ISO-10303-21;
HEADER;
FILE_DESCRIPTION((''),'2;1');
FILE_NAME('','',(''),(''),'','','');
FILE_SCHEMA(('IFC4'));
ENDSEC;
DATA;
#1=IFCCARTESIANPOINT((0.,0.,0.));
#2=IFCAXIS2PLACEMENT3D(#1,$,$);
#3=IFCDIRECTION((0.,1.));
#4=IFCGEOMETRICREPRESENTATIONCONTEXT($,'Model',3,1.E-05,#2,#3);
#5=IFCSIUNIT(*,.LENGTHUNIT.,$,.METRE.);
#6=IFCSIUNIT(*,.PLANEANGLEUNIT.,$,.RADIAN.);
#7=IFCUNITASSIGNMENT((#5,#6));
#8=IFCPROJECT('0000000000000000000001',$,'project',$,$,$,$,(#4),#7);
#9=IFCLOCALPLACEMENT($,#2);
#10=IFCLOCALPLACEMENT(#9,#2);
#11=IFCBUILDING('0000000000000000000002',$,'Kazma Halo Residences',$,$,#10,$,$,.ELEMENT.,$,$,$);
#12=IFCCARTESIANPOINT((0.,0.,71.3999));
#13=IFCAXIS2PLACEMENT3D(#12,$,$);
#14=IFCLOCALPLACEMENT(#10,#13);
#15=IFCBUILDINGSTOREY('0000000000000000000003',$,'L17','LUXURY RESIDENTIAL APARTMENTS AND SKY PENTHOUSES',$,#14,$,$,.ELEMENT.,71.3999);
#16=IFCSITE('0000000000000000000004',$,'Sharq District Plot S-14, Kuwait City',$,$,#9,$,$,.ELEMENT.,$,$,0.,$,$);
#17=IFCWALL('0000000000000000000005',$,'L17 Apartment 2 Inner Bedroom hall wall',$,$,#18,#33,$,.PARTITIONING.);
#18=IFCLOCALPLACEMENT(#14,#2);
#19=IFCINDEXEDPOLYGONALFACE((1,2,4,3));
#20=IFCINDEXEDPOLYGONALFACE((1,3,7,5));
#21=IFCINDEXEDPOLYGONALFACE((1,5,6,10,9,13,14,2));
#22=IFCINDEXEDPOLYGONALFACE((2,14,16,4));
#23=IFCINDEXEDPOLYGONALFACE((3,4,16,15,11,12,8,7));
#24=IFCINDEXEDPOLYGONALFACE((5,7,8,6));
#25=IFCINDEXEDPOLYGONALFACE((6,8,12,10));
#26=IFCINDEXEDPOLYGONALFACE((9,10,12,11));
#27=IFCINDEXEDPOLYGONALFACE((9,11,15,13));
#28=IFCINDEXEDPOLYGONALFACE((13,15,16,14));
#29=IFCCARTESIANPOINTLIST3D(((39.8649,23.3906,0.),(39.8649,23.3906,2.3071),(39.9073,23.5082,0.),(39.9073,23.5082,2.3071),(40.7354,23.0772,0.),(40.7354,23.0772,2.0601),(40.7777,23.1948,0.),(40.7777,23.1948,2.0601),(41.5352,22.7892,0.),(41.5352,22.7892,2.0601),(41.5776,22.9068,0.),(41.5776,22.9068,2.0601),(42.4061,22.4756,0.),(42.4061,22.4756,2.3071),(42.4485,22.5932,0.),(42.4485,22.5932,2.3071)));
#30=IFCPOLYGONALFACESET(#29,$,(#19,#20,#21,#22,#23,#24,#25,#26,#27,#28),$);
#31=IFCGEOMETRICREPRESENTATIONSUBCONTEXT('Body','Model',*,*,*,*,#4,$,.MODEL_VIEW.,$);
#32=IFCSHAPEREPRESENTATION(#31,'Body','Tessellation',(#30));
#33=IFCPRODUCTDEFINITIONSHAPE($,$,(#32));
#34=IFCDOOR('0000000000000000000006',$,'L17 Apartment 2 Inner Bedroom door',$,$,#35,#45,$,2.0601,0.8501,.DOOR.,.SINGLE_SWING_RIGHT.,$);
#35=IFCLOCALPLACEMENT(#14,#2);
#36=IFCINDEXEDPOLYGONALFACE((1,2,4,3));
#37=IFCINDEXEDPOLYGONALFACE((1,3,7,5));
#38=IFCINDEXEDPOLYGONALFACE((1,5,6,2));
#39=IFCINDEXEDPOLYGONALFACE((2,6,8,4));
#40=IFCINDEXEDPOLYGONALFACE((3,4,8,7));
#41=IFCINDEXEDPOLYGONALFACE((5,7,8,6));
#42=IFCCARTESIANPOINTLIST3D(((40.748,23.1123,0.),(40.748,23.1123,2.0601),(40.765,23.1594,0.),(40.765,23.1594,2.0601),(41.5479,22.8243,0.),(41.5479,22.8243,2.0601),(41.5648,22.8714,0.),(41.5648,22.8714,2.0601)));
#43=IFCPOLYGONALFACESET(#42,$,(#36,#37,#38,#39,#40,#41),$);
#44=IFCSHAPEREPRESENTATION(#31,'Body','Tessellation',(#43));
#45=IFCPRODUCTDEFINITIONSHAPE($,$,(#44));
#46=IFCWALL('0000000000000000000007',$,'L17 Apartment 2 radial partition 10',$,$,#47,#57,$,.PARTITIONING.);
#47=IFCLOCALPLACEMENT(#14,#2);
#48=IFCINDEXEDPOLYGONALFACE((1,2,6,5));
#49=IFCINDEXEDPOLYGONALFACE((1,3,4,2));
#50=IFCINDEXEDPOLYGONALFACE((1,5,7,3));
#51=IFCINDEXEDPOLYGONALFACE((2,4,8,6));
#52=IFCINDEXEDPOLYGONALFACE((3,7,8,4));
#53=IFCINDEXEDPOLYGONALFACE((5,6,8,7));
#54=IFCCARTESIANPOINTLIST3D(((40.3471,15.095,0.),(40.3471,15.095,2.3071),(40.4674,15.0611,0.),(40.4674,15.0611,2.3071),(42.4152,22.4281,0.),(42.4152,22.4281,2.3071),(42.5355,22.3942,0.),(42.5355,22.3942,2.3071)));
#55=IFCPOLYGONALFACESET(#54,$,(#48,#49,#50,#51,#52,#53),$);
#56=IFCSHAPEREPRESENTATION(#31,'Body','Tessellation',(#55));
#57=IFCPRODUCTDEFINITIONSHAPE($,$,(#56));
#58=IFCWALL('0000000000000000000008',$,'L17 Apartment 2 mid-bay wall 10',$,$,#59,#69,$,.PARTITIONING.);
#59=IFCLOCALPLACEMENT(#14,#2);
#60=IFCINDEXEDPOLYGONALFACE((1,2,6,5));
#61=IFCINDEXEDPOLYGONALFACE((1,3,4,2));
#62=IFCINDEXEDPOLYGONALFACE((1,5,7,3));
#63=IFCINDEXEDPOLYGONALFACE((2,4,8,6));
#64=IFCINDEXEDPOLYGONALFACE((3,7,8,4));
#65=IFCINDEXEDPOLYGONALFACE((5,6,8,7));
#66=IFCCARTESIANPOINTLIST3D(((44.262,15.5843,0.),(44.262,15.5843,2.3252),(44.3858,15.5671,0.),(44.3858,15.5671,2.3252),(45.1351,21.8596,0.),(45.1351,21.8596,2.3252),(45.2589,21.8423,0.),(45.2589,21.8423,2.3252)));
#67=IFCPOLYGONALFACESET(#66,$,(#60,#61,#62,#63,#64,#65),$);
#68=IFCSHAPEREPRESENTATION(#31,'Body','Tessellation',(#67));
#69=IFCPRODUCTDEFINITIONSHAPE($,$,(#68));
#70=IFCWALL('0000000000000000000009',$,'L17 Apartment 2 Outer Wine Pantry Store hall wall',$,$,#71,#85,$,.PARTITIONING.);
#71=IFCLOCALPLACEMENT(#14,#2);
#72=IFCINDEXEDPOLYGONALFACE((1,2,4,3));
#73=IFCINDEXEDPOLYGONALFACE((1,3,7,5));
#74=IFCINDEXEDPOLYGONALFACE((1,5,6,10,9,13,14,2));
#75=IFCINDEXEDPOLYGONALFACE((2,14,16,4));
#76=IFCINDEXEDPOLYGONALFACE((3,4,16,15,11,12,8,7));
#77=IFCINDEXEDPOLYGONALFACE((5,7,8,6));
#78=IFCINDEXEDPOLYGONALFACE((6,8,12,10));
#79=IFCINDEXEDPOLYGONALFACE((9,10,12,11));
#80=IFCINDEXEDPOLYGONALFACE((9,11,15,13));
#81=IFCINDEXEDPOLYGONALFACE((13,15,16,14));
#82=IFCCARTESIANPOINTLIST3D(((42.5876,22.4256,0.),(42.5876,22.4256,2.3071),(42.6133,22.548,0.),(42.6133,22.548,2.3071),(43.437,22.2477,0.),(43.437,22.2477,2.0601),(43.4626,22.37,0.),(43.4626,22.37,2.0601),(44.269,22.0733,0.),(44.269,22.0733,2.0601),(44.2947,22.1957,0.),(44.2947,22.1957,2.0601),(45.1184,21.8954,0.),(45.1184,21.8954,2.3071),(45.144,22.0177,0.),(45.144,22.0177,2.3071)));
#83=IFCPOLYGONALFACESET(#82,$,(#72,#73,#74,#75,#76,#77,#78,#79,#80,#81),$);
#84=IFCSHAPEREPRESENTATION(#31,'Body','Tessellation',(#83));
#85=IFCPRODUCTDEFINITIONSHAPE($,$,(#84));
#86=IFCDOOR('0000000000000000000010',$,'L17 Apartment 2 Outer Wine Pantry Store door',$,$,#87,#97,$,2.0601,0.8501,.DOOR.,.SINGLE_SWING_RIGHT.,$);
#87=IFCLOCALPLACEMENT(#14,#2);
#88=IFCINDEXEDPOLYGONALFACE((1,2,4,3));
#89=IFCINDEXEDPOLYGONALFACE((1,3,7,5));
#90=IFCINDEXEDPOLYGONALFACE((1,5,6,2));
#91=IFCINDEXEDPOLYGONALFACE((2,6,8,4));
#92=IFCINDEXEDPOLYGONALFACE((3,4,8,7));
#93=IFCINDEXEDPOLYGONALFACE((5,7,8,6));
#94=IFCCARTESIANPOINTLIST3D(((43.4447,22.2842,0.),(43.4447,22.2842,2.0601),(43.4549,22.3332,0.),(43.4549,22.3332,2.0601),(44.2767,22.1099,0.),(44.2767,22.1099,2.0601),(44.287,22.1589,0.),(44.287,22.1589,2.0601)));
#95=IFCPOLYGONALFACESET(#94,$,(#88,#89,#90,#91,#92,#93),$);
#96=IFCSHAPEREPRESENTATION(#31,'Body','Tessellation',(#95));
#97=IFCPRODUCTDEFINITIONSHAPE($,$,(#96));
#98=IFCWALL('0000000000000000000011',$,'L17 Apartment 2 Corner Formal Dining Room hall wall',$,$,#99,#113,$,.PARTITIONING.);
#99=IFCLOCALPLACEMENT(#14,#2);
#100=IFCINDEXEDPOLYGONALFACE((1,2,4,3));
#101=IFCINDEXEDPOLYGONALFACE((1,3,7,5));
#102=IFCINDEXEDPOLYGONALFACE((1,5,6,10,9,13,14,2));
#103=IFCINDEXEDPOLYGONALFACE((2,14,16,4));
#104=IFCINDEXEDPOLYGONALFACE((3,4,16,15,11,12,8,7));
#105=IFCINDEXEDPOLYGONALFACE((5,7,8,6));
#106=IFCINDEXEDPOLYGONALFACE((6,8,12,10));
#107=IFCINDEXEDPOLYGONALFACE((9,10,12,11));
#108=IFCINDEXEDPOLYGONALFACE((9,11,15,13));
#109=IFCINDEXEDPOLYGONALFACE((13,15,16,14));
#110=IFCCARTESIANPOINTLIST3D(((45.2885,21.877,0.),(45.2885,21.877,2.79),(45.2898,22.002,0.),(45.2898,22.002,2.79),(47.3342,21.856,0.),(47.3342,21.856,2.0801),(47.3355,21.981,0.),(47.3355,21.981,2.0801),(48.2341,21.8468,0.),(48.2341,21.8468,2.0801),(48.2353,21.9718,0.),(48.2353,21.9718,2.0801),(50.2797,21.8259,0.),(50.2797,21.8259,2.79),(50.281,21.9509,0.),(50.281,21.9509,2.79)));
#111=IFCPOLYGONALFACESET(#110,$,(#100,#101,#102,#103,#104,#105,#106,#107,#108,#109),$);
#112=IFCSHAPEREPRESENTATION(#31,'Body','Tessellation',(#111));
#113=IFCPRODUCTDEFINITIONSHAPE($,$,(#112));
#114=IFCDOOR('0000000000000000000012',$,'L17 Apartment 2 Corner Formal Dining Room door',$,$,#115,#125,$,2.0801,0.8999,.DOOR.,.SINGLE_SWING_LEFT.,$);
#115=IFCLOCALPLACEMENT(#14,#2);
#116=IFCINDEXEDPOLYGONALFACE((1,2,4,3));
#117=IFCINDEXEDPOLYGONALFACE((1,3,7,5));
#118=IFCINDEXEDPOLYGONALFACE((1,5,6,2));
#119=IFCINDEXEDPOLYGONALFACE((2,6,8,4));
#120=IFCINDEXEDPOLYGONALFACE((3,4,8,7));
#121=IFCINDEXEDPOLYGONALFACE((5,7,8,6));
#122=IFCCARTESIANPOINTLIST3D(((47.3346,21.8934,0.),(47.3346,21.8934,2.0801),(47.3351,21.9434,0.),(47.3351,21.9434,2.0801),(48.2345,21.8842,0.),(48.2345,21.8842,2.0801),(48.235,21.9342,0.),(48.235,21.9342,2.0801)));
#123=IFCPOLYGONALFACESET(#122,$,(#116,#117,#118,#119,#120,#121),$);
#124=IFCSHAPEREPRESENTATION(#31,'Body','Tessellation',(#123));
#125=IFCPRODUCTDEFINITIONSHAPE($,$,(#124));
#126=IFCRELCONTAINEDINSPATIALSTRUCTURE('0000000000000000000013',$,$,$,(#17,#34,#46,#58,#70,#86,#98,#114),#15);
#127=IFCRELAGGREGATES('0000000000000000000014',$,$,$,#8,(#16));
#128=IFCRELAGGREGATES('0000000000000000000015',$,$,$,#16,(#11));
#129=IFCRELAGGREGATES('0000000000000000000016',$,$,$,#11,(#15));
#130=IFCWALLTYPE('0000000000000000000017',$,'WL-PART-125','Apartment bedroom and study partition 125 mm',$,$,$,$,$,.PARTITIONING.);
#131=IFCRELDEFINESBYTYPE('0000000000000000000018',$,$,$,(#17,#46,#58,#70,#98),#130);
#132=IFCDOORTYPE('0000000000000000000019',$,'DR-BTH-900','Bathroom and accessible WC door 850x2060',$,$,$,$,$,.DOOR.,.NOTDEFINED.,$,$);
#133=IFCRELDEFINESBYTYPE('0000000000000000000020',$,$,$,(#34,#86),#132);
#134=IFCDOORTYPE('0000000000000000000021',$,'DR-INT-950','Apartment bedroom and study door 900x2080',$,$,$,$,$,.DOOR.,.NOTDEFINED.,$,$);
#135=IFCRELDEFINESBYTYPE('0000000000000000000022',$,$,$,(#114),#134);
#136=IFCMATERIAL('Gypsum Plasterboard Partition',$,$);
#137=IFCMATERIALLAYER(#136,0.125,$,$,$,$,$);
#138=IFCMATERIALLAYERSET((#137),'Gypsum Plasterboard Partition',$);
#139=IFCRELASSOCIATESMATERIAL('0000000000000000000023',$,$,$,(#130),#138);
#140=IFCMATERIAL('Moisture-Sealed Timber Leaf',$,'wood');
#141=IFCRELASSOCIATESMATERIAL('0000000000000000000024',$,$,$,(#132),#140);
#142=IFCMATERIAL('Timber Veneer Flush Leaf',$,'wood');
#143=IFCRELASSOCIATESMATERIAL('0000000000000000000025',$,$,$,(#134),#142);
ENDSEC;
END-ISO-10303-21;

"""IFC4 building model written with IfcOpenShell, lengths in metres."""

from ifc_helpers import new_model, si_unit, direction, frame, frame_2d, origin, place, context, subcontext, project, spatial, rectangle, extrude, material, layer, layer_set, type_object, element, fill, save


model = new_model("IFC4")

# Units and contexts
model_context = context("Model", 3, precision=1e-05, world=origin(), true_north=direction((0.0, 1.0)))
body_context = subcontext(model_context, "Body", "Model", "MODEL_VIEW")
ifc_project = project(units=[si_unit("LENGTHUNIT", "METRE"), si_unit("PLANEANGLEUNIT", "RADIAN")], contexts=[model_context])

# Site, building, storey
site_placement = place(None, origin())
site = spatial("IfcSite", under=ifc_project, at=site_placement, Name="Sharq District Plot S-14, Kuwait City", CompositionType="ELEMENT", RefElevation=0.0)
building_placement = place(site_placement, origin())
building = spatial("IfcBuilding", under=site, at=building_placement, Name="Kazma Halo Residences", CompositionType="ELEMENT")
storey_placement = place(building_placement, frame((0.0, 0.0, 71.3999)))
storey = spatial("IfcBuildingStorey", under=building, at=storey_placement, Name="L17", Description="LUXURY RESIDENTIAL APARTMENTS AND SKY PENTHOUSES", CompositionType="ELEMENT", Elevation=71.3999)

# Shared definitions
ifc_material_1 = material(Name="Gypsum Plasterboard Partition")
ifc_layer_1 = layer(ifc_material_1, 0.125)
ifc_layer_set_1 = layer_set([ifc_layer_1], Name="Gypsum Plasterboard Partition")
wall_type_1 = type_object("IfcWallType", Name="WL-PART-125", Description="Apartment bedroom and study partition 125 mm", PredefinedType="PARTITIONING", material=ifc_layer_set_1)

# Wall, opening, door
ifc_material_2 = material(Name="Moisture-Sealed Timber Leaf", Category="wood")
door_type_1 = type_object("IfcDoorType", Name="DR-BTH-900", Description="Bathroom and accessible WC door 850x2060", OperationType="NOTDEFINED", PredefinedType="DOOR", material=ifc_material_2)
wall_1_placement = place(storey_placement, frame((39.886, 23.4495, 0.0), z_axis=(0.0, 0.0, 1.0), x_axis=(0.940866, -0.33878, 0.0)))
wall_1 = element("IfcWall", 1, at=wall_1_placement, inside=storey, type_object=wall_type_1, Name="L17 Apartment 2 Inner Bedroom hall wall", PredefinedType="PARTITIONING", context=body_context, shape_type="SweptSolid", body=[
    extrude(rectangle(XDim=2.7009, YDim=0.125, at=frame_2d((1.3506, 0.0))), origin(), (0.0, 0.0, 1.0), 2.3071),
])
opening_1_placement = place(wall_1_placement, frame((0.9253, 0.0, 0.0)))
opening_1 = element("IfcOpeningElement", 2, at=opening_1_placement, cuts=wall_1, PredefinedType="OPENING", context=body_context, shape_type="SweptSolid", body=[
    extrude(rectangle(XDim=0.8501, YDim=2.0601, at=frame_2d((0.425, 1.03))), frame((0.0, 0.0725, 0.0), z_axis=(0.0, -1.0, 0.0), x_axis=(1.0, 0.0, 0.0)), (0.0, 0.0, 1.0), 0.145),
])
door_1_placement = place(opening_1_placement, origin())
door_1 = element("IfcDoor", 3, at=door_1_placement, inside=storey, type_object=door_type_1, Name="L17 Apartment 2 Inner Bedroom door", OperationType="SINGLE_SWING_RIGHT", OverallHeight=2.0601, OverallWidth=0.8501, PredefinedType="DOOR", context=body_context, shape_type="SweptSolid", body=[
    extrude(rectangle(XDim=0.8501, YDim=2.0601, at=frame_2d((0.425, 1.03))), frame((0.0, 0.0249, 0.0), z_axis=(0.0, -1.0, 0.0), x_axis=(1.0, 0.0, 0.0)), (0.0, 0.0, 1.0), 0.05),
])
fill(opening_1, door_1)

# Walls
wall_2_placement = place(storey_placement, frame((42.4753, 22.4111, 0.0), z_axis=(0.0, 0.0, 1.0), x_axis=(-0.27144, -0.962455, 0.0)))
element("IfcWall", 4, at=wall_2_placement, inside=storey, type_object=wall_type_1, Name="L17 Apartment 2 radial partition 10", PredefinedType="PARTITIONING", context=body_context, shape_type="SweptSolid", body=[
    extrude(rectangle(XDim=7.6191, YDim=0.125, at=frame_2d((3.8096, 0.0))), origin(), (0.0, 0.0, 1.0), 2.3071),
])
wall_3_placement = place(storey_placement, frame((45.197, 21.8511, 0.0), z_axis=(0.0, 0.0, 1.0), x_axis=(-0.1378, -0.99046, 0.0)))
element("IfcWall", 5, at=wall_3_placement, inside=storey, type_object=wall_type_1, Name="L17 Apartment 2 mid-bay wall 10", PredefinedType="PARTITIONING", context=body_context, shape_type="SweptSolid", body=[
    extrude(rectangle(XDim=6.3357, YDim=0.125, at=frame_2d((3.168, 0.0))), origin(), (0.0, 0.0, 1.0), 2.3252),
])

# Walls, openings, doors
wall_4_placement = place(storey_placement, frame((42.6003, 22.4868, 0.0), z_axis=(0.0, 0.0, 1.0), x_axis=(0.978746, -0.205078, 0.0)))
wall_4 = element("IfcWall", 6, at=wall_4_placement, inside=storey, type_object=wall_type_1, Name="L17 Apartment 2 Outer Wine Pantry Store hall wall", PredefinedType="PARTITIONING", context=body_context, shape_type="SweptSolid", body=[
    extrude(rectangle(XDim=2.5857, YDim=0.125, at=frame_2d((1.293, 0.0))), origin(), (0.0, 0.0, 1.0), 2.3071),
])
opening_2_placement = place(wall_4_placement, frame((0.8679, 0.0, 0.0)))
opening_2 = element("IfcOpeningElement", 7, at=opening_2_placement, cuts=wall_4, PredefinedType="OPENING", context=body_context, shape_type="SweptSolid", body=[
    extrude(rectangle(XDim=0.8501, YDim=2.0601, at=frame_2d((0.425, 1.03))), frame((0.0, 0.0725, 0.0), z_axis=(0.0, -1.0, 0.0), x_axis=(1.0, 0.0, 0.0)), (0.0, 0.0, 1.0), 0.145),
])
door_2_placement = place(opening_2_placement, origin())
door_2 = element("IfcDoor", 8, at=door_2_placement, inside=storey, type_object=door_type_1, Name="L17 Apartment 2 Outer Wine Pantry Store door", OperationType="SINGLE_SWING_RIGHT", OverallHeight=2.0601, OverallWidth=0.8501, PredefinedType="DOOR", context=body_context, shape_type="SweptSolid", body=[
    extrude(rectangle(XDim=0.8501, YDim=2.0601, at=frame_2d((0.425, 1.03))), frame((0.0, 0.0249, 0.0), z_axis=(0.0, -1.0, 0.0), x_axis=(1.0, 0.0, 0.0)), (0.0, 0.0, 1.0), 0.05),
])
fill(opening_2, door_2)
wall_5_placement = place(storey_placement, frame((45.2893, 21.9395, 0.0), z_axis=(0.0, 0.0, 1.0), x_axis=(0.999948, -0.010223, 0.0)))
wall_5 = element("IfcWall", 9, at=wall_5_placement, inside=storey, type_object=wall_type_1, Name="L17 Apartment 2 Corner Formal Dining Room hall wall", PredefinedType="PARTITIONING", context=body_context, shape_type="SweptSolid", body=[
    extrude(rectangle(XDim=4.9915, YDim=0.125, at=frame_2d((2.4956, 0.0))), origin(), (0.0, 0.0, 1.0), 2.79),
])
opening_3_placement = place(wall_5_placement, frame((2.0457, 0.0, 0.0)))
opening_3 = element("IfcOpeningElement", 10, at=opening_3_placement, cuts=wall_5, PredefinedType="OPENING", context=body_context, shape_type="SweptSolid", body=[
    extrude(rectangle(XDim=0.8999, YDim=2.0801, at=frame_2d((0.45, 1.04))), frame((0.0, 0.0725, 0.0), z_axis=(0.0, -1.0, 0.0), x_axis=(1.0, 0.0, 0.0)), (0.0, 0.0, 1.0), 0.145),
])
ifc_material_3 = material(Name="Timber Veneer Flush Leaf", Category="wood")
door_type_2 = type_object("IfcDoorType", Name="DR-INT-950", Description="Apartment bedroom and study door 900x2080", OperationType="NOTDEFINED", PredefinedType="DOOR", material=ifc_material_3)
door_3_placement = place(opening_3_placement, origin())
door_3 = element("IfcDoor", 11, at=door_3_placement, inside=storey, type_object=door_type_2, Name="L17 Apartment 2 Corner Formal Dining Room door", OperationType="SINGLE_SWING_LEFT", OverallHeight=2.0801, OverallWidth=0.8999, PredefinedType="DOOR", context=body_context, shape_type="SweptSolid", body=[
    extrude(rectangle(XDim=0.8999, YDim=2.0801, at=frame_2d((0.45, 1.04))), frame((0.0, 0.0249, 0.0), z_axis=(0.0, -1.0, 0.0), x_axis=(1.0, 0.0, 0.0)), (0.0, 0.0, 1.0), 0.05),
])
fill(opening_3, door_3)

save(model, "model.ifc")
